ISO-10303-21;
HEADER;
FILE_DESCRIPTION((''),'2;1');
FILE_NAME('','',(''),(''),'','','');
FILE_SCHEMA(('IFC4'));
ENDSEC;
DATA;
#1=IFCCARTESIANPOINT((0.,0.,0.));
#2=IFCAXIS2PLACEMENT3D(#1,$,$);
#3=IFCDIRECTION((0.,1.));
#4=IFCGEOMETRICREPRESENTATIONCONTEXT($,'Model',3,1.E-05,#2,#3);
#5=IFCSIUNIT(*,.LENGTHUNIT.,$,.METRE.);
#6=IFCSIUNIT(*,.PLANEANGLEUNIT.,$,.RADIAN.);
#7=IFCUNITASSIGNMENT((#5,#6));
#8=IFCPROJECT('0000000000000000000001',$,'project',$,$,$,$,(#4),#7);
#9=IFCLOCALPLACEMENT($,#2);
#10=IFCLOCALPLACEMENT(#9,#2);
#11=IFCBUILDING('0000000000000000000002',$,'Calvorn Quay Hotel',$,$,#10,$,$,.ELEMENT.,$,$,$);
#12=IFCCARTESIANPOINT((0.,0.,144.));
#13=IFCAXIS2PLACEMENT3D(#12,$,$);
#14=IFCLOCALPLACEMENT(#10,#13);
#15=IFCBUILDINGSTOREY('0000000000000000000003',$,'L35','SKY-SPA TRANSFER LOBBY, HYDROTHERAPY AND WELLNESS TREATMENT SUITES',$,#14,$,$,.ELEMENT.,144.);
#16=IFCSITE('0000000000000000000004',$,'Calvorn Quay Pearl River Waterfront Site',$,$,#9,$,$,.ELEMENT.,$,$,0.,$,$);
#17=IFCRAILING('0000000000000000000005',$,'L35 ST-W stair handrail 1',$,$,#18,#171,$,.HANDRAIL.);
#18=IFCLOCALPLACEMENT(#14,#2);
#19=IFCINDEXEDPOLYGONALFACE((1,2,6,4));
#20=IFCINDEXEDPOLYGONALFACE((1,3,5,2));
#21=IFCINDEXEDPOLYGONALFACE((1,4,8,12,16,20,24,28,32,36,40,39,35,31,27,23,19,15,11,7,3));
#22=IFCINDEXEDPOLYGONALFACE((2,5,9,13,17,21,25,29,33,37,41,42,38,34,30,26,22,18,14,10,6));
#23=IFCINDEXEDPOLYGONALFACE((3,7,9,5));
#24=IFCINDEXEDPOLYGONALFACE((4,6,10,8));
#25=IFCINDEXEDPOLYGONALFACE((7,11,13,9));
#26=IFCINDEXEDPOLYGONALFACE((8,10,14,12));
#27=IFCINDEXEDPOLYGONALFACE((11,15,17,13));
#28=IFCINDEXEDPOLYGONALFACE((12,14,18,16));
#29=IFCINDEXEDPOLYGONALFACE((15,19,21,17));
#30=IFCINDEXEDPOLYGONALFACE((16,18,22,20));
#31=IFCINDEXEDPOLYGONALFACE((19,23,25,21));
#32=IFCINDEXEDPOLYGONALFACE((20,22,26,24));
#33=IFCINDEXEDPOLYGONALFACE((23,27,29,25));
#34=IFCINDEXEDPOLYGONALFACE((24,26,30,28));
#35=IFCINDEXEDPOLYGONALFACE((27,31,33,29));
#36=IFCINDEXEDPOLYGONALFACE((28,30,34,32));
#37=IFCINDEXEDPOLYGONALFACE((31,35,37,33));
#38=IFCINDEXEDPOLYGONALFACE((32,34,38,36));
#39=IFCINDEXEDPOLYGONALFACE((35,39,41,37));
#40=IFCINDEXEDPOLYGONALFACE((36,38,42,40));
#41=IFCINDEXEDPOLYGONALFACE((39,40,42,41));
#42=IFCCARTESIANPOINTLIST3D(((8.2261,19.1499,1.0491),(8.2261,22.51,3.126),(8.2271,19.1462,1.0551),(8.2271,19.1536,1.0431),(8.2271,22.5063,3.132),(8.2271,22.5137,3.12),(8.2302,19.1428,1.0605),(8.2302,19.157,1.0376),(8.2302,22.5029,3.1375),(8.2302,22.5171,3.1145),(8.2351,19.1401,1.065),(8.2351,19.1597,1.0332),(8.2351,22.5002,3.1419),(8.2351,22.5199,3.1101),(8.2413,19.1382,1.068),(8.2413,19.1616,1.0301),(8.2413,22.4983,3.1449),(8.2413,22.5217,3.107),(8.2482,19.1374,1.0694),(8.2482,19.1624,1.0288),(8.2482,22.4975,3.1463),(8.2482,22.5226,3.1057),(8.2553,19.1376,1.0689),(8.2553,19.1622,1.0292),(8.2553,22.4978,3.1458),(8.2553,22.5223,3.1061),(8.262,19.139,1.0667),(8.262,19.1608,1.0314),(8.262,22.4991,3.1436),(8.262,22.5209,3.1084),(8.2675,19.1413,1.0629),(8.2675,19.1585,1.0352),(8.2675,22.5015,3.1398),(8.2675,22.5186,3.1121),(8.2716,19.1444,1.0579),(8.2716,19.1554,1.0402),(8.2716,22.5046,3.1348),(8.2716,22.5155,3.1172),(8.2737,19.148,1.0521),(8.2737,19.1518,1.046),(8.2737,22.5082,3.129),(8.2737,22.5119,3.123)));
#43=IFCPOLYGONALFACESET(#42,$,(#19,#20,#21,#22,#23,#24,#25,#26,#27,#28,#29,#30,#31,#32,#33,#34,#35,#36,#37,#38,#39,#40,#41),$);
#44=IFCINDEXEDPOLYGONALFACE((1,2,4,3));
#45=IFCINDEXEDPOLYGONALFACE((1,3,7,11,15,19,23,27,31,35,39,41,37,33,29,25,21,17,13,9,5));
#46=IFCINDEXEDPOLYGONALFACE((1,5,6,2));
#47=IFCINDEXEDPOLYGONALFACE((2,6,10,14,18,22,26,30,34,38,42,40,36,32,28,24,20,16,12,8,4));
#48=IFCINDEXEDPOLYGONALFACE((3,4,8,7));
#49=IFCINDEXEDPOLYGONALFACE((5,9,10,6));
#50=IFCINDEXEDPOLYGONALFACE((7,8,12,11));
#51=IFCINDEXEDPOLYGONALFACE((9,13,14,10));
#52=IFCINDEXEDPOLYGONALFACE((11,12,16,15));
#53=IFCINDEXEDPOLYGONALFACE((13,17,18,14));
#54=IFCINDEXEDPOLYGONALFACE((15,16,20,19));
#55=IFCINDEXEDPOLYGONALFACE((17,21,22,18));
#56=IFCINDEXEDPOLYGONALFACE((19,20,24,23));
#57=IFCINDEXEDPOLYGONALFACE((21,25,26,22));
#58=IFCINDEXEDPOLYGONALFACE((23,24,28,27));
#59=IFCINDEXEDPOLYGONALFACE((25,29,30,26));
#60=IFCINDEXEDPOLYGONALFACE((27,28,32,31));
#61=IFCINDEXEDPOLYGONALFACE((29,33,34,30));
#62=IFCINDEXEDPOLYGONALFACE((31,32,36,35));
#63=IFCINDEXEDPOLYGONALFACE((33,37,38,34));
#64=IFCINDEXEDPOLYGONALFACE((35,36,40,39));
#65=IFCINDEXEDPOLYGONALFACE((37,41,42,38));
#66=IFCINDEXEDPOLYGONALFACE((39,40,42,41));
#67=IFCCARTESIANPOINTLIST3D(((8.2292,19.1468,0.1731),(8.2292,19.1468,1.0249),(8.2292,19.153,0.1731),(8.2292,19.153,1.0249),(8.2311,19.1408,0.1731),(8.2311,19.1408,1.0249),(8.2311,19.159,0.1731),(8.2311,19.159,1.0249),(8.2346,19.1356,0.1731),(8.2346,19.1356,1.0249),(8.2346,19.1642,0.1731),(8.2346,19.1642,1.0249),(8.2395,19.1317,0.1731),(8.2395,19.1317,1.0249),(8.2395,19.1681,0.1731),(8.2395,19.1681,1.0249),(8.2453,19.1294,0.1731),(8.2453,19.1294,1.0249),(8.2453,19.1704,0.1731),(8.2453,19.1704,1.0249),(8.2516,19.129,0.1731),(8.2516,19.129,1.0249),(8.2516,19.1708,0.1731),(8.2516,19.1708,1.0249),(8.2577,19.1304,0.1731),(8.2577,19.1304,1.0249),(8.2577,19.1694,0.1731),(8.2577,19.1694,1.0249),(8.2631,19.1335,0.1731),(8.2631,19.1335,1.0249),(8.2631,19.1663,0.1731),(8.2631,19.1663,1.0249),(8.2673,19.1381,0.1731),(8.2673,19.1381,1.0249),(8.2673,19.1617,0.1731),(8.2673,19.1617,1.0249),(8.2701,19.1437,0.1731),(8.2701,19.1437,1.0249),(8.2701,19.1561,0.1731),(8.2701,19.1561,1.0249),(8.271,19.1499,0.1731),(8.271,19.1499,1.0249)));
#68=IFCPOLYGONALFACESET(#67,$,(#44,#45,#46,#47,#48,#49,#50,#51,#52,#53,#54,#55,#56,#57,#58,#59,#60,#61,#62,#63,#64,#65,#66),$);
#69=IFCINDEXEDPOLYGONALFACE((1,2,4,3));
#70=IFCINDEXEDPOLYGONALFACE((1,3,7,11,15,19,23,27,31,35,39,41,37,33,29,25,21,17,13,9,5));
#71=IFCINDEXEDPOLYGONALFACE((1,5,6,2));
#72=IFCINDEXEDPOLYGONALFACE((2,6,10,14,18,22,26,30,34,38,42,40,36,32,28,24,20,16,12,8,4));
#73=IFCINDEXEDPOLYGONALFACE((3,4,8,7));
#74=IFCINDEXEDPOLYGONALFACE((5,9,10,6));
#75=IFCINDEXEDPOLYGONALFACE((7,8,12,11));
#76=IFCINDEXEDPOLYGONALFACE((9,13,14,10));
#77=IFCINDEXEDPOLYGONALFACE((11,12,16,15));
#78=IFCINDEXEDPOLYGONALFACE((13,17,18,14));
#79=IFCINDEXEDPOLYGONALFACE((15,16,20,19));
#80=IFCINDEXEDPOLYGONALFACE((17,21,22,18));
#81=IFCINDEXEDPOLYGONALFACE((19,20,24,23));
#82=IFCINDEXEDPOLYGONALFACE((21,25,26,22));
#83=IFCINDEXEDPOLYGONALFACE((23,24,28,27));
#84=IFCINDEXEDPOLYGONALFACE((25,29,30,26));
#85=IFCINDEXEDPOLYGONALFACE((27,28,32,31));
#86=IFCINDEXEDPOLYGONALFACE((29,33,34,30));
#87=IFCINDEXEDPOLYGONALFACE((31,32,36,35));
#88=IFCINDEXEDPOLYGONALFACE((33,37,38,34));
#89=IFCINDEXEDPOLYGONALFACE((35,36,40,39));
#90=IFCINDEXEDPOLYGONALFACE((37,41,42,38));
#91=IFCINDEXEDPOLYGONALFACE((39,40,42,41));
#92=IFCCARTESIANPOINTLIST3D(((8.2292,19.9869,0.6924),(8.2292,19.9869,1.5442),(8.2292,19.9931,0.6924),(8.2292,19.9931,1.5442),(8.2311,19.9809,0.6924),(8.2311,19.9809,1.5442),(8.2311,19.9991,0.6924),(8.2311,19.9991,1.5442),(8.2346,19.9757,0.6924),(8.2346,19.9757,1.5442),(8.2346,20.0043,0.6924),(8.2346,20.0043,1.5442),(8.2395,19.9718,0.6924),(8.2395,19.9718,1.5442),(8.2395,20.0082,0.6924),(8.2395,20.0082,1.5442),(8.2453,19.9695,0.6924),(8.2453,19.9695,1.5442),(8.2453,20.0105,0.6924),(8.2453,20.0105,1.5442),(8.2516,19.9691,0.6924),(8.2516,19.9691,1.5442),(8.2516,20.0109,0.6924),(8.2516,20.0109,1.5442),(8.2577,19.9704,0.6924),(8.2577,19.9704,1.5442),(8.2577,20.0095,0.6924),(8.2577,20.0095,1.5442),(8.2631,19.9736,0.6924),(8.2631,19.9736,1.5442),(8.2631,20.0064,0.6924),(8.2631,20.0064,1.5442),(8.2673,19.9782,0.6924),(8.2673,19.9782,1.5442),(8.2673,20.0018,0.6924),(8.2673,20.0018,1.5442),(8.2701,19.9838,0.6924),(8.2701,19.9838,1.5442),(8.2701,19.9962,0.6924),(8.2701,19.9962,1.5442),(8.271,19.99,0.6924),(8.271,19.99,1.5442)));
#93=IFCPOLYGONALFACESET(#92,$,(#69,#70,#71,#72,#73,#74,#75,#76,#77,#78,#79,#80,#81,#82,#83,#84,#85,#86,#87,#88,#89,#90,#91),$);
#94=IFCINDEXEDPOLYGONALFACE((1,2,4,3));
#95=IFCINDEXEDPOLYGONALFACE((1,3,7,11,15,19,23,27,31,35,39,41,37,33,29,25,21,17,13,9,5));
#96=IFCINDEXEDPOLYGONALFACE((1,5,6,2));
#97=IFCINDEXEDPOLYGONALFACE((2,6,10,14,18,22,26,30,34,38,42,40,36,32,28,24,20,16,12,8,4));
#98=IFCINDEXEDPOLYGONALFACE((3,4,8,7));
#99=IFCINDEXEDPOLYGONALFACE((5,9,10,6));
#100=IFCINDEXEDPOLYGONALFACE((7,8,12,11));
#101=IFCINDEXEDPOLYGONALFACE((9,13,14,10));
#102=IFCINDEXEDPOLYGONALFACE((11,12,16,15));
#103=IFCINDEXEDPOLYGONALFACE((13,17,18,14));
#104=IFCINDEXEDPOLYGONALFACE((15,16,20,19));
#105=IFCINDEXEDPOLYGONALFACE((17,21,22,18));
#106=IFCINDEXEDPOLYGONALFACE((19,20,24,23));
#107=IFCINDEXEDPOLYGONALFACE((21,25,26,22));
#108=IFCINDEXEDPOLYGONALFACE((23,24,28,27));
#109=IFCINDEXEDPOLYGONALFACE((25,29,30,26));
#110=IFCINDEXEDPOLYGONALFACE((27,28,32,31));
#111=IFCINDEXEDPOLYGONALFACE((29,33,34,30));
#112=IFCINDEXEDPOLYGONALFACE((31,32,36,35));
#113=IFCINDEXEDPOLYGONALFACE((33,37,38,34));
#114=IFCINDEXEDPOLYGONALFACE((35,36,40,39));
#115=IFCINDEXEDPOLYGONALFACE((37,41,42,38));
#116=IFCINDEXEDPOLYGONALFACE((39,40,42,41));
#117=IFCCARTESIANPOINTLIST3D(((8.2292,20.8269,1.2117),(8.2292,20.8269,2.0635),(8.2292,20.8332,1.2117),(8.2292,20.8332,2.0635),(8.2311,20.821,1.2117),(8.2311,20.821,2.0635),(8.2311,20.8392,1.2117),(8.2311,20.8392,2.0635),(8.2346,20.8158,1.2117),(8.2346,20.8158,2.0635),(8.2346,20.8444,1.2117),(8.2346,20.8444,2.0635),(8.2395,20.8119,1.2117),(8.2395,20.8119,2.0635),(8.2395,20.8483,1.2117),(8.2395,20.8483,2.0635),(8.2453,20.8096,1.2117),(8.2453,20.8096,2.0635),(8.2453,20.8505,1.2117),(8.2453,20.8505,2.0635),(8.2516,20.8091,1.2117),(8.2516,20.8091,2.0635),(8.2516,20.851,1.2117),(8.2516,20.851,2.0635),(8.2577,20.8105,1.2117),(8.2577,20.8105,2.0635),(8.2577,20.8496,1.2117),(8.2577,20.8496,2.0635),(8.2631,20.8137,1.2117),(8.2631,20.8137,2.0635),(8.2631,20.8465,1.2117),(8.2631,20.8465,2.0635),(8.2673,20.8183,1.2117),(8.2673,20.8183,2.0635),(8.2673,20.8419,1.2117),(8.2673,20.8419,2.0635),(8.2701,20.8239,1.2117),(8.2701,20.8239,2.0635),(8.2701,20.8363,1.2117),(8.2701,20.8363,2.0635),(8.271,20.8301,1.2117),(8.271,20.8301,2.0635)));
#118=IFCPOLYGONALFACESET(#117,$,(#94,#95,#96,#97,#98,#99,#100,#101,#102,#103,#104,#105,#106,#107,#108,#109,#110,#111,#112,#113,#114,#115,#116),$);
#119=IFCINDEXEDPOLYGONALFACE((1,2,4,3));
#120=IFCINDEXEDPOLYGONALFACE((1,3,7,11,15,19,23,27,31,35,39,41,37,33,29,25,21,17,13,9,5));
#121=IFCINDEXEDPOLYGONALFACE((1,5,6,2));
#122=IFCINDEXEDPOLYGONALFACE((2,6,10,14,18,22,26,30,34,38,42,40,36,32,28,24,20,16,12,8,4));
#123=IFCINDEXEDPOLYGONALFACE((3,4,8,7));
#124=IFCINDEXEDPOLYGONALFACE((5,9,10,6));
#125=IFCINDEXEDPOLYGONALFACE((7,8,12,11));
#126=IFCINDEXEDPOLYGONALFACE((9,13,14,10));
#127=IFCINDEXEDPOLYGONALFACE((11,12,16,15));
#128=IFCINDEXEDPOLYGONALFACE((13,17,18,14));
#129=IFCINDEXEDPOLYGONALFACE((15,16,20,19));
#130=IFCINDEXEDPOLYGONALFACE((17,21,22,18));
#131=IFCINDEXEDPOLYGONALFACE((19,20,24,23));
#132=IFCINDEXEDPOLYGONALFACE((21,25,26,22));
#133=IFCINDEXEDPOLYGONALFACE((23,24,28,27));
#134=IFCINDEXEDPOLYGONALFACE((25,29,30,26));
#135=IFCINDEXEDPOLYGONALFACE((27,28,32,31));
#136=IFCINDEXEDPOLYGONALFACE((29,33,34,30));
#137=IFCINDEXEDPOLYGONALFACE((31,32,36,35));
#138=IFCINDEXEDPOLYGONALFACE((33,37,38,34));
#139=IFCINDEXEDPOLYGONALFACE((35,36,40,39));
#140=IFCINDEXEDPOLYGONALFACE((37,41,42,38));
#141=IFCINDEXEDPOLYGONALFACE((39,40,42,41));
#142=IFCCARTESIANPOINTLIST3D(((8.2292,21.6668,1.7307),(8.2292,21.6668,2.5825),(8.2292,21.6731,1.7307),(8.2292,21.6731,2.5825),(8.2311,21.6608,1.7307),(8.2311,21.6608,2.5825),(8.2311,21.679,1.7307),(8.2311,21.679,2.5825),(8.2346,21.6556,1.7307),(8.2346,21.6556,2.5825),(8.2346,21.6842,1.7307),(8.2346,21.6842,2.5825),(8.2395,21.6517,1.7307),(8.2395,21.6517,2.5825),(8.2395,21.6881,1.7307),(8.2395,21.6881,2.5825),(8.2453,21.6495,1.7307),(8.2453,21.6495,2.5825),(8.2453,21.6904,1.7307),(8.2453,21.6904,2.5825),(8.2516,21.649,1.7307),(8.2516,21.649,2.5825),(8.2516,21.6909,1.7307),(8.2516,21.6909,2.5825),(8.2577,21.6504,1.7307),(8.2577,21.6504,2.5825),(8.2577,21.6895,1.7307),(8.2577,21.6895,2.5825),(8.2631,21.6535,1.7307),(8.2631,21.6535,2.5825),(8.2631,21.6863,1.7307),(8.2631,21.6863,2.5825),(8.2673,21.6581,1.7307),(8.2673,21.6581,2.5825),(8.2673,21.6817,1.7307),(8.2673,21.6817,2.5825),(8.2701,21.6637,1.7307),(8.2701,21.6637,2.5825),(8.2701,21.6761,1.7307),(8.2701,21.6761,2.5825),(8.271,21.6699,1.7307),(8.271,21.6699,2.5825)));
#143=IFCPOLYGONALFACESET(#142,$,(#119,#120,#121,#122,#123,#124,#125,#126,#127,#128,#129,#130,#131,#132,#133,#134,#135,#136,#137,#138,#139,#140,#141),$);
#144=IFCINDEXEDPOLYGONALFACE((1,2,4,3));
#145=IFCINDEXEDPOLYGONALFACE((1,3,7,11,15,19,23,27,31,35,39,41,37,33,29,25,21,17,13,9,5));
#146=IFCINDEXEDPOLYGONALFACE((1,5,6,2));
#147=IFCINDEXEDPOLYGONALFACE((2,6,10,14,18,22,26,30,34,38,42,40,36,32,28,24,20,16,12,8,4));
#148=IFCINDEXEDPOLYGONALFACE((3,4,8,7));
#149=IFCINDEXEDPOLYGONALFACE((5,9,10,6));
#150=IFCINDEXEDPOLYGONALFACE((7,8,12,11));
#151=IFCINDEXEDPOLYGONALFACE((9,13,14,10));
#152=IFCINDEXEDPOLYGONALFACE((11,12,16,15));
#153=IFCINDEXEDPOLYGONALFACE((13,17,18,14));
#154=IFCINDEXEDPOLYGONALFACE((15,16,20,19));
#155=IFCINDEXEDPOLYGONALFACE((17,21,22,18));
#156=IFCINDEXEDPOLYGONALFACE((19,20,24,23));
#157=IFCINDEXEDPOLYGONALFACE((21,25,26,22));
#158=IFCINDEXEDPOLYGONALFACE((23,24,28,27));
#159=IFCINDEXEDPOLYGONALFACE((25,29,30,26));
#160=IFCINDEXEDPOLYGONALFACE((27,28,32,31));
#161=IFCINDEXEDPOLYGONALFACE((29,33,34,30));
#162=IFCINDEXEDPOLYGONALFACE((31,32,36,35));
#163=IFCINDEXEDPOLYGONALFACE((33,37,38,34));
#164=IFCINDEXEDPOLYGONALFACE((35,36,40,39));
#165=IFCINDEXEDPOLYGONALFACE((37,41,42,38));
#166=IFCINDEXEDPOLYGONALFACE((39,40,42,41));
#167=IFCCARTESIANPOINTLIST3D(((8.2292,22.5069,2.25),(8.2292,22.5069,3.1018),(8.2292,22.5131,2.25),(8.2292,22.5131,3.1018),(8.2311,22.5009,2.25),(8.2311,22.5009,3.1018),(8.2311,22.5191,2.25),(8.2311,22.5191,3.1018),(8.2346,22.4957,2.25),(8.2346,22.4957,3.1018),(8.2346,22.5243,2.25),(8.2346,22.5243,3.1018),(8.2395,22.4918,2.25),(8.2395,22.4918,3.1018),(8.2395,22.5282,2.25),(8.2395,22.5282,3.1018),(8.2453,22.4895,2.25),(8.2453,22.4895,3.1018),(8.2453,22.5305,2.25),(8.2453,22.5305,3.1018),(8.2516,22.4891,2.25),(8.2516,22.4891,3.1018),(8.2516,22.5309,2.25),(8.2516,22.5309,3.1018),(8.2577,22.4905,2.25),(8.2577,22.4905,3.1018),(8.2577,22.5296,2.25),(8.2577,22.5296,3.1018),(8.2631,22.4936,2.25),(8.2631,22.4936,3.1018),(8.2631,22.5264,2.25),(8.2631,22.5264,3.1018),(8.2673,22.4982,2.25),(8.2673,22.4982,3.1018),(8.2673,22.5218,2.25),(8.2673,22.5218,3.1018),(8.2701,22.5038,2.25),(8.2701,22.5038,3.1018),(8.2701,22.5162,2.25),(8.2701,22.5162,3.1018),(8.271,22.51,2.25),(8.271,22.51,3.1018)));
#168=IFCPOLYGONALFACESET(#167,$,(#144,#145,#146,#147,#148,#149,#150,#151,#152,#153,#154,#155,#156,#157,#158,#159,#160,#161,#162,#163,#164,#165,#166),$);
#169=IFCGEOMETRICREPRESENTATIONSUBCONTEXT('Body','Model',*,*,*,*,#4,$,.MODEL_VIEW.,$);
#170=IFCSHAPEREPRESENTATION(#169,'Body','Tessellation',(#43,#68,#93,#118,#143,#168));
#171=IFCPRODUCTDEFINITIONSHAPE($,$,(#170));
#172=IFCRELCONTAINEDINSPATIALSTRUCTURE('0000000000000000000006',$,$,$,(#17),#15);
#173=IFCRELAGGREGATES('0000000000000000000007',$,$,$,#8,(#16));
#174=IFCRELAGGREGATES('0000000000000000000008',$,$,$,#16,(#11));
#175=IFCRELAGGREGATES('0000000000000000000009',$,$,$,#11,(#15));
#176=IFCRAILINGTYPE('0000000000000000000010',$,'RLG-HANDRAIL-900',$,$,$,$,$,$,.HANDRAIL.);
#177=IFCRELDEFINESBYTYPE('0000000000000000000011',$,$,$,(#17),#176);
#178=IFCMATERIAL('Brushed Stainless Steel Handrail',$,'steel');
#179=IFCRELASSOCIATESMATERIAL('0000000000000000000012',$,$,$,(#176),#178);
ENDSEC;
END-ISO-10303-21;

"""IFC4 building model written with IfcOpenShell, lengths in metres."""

from ifc_helpers import new_model, si_unit, direction, frame, origin, origin_2d, place, context, subcontext, project, spatial, circle, extrude, material, type_object, element, save


model = new_model("IFC4")

# Units and contexts
model_context = context("Model", 3, precision=1e-05, world=origin(), true_north=direction((0.0, 1.0)))
body_context = subcontext(model_context, "Body", "Model", "MODEL_VIEW")
ifc_project = project(units=[si_unit("LENGTHUNIT", "METRE"), si_unit("PLANEANGLEUNIT", "RADIAN")], contexts=[model_context])

# Site, building, storey
site_placement = place(None, origin())
site = spatial("IfcSite", under=ifc_project, at=site_placement, Name="Calvorn Quay Pearl River Waterfront Site", CompositionType="ELEMENT", RefElevation=0.0)
building_placement = place(site_placement, origin())
building = spatial("IfcBuilding", under=site, at=building_placement, Name="Calvorn Quay Hotel", CompositionType="ELEMENT")
storey_placement = place(building_placement, frame((0.0, 0.0, 144.0)))
storey = spatial("IfcBuildingStorey", under=building, at=storey_placement, Name="L35", Description="SKY-SPA TRANSFER LOBBY, HYDROTHERAPY AND WELLNESS TREATMENT SUITES", CompositionType="ELEMENT", Elevation=144.0)

# Railing
ifc_material_1 = material(Name="Brushed Stainless Steel Handrail", Category="steel")
railing_type_1 = type_object("IfcRailingType", Name="RLG-HANDRAIL-900", PredefinedType="HANDRAIL", material=ifc_material_1)
railing_1_placement = place(storey_placement, frame((8.25, 19.1499, 0.1731)))
element("IfcRailing", 1, at=railing_1_placement, inside=storey, type_object=railing_type_1, Name="L35 ST-W stair handrail 1", PredefinedType="HANDRAIL", context=body_context, shape_type="SweptSolid", body=[
    extrude(circle(Radius=0.0239, at=origin_2d()), frame((0.0, 0.0, 0.876), z_axis=(0.0, 0.850623, 0.525776), x_axis=(-1.0, 0.0, 0.0)), (0.0, 0.0, 1.0), 3.9502),
    extrude(circle(Radius=0.021, at=origin_2d()), origin(), (0.0, 0.0, 1.0), 0.8518),
    extrude(circle(Radius=0.021, at=origin_2d()), frame((0.0, 0.8401, 0.5193)), (0.0, 0.0, 1.0), 0.8518),
    extrude(circle(Radius=0.021, at=origin_2d()), frame((0.0, 1.6802, 1.0386)), (0.0, 0.0, 1.0), 0.8518),
    extrude(circle(Radius=0.021, at=origin_2d()), frame((0.0, 2.52, 1.5576)), (0.0, 0.0, 1.0), 0.8518),
    extrude(circle(Radius=0.021, at=origin_2d()), frame((0.0, 3.3601, 2.0769)), (0.0, 0.0, 1.0), 0.8518),
])

save(model, "model.ifc")
